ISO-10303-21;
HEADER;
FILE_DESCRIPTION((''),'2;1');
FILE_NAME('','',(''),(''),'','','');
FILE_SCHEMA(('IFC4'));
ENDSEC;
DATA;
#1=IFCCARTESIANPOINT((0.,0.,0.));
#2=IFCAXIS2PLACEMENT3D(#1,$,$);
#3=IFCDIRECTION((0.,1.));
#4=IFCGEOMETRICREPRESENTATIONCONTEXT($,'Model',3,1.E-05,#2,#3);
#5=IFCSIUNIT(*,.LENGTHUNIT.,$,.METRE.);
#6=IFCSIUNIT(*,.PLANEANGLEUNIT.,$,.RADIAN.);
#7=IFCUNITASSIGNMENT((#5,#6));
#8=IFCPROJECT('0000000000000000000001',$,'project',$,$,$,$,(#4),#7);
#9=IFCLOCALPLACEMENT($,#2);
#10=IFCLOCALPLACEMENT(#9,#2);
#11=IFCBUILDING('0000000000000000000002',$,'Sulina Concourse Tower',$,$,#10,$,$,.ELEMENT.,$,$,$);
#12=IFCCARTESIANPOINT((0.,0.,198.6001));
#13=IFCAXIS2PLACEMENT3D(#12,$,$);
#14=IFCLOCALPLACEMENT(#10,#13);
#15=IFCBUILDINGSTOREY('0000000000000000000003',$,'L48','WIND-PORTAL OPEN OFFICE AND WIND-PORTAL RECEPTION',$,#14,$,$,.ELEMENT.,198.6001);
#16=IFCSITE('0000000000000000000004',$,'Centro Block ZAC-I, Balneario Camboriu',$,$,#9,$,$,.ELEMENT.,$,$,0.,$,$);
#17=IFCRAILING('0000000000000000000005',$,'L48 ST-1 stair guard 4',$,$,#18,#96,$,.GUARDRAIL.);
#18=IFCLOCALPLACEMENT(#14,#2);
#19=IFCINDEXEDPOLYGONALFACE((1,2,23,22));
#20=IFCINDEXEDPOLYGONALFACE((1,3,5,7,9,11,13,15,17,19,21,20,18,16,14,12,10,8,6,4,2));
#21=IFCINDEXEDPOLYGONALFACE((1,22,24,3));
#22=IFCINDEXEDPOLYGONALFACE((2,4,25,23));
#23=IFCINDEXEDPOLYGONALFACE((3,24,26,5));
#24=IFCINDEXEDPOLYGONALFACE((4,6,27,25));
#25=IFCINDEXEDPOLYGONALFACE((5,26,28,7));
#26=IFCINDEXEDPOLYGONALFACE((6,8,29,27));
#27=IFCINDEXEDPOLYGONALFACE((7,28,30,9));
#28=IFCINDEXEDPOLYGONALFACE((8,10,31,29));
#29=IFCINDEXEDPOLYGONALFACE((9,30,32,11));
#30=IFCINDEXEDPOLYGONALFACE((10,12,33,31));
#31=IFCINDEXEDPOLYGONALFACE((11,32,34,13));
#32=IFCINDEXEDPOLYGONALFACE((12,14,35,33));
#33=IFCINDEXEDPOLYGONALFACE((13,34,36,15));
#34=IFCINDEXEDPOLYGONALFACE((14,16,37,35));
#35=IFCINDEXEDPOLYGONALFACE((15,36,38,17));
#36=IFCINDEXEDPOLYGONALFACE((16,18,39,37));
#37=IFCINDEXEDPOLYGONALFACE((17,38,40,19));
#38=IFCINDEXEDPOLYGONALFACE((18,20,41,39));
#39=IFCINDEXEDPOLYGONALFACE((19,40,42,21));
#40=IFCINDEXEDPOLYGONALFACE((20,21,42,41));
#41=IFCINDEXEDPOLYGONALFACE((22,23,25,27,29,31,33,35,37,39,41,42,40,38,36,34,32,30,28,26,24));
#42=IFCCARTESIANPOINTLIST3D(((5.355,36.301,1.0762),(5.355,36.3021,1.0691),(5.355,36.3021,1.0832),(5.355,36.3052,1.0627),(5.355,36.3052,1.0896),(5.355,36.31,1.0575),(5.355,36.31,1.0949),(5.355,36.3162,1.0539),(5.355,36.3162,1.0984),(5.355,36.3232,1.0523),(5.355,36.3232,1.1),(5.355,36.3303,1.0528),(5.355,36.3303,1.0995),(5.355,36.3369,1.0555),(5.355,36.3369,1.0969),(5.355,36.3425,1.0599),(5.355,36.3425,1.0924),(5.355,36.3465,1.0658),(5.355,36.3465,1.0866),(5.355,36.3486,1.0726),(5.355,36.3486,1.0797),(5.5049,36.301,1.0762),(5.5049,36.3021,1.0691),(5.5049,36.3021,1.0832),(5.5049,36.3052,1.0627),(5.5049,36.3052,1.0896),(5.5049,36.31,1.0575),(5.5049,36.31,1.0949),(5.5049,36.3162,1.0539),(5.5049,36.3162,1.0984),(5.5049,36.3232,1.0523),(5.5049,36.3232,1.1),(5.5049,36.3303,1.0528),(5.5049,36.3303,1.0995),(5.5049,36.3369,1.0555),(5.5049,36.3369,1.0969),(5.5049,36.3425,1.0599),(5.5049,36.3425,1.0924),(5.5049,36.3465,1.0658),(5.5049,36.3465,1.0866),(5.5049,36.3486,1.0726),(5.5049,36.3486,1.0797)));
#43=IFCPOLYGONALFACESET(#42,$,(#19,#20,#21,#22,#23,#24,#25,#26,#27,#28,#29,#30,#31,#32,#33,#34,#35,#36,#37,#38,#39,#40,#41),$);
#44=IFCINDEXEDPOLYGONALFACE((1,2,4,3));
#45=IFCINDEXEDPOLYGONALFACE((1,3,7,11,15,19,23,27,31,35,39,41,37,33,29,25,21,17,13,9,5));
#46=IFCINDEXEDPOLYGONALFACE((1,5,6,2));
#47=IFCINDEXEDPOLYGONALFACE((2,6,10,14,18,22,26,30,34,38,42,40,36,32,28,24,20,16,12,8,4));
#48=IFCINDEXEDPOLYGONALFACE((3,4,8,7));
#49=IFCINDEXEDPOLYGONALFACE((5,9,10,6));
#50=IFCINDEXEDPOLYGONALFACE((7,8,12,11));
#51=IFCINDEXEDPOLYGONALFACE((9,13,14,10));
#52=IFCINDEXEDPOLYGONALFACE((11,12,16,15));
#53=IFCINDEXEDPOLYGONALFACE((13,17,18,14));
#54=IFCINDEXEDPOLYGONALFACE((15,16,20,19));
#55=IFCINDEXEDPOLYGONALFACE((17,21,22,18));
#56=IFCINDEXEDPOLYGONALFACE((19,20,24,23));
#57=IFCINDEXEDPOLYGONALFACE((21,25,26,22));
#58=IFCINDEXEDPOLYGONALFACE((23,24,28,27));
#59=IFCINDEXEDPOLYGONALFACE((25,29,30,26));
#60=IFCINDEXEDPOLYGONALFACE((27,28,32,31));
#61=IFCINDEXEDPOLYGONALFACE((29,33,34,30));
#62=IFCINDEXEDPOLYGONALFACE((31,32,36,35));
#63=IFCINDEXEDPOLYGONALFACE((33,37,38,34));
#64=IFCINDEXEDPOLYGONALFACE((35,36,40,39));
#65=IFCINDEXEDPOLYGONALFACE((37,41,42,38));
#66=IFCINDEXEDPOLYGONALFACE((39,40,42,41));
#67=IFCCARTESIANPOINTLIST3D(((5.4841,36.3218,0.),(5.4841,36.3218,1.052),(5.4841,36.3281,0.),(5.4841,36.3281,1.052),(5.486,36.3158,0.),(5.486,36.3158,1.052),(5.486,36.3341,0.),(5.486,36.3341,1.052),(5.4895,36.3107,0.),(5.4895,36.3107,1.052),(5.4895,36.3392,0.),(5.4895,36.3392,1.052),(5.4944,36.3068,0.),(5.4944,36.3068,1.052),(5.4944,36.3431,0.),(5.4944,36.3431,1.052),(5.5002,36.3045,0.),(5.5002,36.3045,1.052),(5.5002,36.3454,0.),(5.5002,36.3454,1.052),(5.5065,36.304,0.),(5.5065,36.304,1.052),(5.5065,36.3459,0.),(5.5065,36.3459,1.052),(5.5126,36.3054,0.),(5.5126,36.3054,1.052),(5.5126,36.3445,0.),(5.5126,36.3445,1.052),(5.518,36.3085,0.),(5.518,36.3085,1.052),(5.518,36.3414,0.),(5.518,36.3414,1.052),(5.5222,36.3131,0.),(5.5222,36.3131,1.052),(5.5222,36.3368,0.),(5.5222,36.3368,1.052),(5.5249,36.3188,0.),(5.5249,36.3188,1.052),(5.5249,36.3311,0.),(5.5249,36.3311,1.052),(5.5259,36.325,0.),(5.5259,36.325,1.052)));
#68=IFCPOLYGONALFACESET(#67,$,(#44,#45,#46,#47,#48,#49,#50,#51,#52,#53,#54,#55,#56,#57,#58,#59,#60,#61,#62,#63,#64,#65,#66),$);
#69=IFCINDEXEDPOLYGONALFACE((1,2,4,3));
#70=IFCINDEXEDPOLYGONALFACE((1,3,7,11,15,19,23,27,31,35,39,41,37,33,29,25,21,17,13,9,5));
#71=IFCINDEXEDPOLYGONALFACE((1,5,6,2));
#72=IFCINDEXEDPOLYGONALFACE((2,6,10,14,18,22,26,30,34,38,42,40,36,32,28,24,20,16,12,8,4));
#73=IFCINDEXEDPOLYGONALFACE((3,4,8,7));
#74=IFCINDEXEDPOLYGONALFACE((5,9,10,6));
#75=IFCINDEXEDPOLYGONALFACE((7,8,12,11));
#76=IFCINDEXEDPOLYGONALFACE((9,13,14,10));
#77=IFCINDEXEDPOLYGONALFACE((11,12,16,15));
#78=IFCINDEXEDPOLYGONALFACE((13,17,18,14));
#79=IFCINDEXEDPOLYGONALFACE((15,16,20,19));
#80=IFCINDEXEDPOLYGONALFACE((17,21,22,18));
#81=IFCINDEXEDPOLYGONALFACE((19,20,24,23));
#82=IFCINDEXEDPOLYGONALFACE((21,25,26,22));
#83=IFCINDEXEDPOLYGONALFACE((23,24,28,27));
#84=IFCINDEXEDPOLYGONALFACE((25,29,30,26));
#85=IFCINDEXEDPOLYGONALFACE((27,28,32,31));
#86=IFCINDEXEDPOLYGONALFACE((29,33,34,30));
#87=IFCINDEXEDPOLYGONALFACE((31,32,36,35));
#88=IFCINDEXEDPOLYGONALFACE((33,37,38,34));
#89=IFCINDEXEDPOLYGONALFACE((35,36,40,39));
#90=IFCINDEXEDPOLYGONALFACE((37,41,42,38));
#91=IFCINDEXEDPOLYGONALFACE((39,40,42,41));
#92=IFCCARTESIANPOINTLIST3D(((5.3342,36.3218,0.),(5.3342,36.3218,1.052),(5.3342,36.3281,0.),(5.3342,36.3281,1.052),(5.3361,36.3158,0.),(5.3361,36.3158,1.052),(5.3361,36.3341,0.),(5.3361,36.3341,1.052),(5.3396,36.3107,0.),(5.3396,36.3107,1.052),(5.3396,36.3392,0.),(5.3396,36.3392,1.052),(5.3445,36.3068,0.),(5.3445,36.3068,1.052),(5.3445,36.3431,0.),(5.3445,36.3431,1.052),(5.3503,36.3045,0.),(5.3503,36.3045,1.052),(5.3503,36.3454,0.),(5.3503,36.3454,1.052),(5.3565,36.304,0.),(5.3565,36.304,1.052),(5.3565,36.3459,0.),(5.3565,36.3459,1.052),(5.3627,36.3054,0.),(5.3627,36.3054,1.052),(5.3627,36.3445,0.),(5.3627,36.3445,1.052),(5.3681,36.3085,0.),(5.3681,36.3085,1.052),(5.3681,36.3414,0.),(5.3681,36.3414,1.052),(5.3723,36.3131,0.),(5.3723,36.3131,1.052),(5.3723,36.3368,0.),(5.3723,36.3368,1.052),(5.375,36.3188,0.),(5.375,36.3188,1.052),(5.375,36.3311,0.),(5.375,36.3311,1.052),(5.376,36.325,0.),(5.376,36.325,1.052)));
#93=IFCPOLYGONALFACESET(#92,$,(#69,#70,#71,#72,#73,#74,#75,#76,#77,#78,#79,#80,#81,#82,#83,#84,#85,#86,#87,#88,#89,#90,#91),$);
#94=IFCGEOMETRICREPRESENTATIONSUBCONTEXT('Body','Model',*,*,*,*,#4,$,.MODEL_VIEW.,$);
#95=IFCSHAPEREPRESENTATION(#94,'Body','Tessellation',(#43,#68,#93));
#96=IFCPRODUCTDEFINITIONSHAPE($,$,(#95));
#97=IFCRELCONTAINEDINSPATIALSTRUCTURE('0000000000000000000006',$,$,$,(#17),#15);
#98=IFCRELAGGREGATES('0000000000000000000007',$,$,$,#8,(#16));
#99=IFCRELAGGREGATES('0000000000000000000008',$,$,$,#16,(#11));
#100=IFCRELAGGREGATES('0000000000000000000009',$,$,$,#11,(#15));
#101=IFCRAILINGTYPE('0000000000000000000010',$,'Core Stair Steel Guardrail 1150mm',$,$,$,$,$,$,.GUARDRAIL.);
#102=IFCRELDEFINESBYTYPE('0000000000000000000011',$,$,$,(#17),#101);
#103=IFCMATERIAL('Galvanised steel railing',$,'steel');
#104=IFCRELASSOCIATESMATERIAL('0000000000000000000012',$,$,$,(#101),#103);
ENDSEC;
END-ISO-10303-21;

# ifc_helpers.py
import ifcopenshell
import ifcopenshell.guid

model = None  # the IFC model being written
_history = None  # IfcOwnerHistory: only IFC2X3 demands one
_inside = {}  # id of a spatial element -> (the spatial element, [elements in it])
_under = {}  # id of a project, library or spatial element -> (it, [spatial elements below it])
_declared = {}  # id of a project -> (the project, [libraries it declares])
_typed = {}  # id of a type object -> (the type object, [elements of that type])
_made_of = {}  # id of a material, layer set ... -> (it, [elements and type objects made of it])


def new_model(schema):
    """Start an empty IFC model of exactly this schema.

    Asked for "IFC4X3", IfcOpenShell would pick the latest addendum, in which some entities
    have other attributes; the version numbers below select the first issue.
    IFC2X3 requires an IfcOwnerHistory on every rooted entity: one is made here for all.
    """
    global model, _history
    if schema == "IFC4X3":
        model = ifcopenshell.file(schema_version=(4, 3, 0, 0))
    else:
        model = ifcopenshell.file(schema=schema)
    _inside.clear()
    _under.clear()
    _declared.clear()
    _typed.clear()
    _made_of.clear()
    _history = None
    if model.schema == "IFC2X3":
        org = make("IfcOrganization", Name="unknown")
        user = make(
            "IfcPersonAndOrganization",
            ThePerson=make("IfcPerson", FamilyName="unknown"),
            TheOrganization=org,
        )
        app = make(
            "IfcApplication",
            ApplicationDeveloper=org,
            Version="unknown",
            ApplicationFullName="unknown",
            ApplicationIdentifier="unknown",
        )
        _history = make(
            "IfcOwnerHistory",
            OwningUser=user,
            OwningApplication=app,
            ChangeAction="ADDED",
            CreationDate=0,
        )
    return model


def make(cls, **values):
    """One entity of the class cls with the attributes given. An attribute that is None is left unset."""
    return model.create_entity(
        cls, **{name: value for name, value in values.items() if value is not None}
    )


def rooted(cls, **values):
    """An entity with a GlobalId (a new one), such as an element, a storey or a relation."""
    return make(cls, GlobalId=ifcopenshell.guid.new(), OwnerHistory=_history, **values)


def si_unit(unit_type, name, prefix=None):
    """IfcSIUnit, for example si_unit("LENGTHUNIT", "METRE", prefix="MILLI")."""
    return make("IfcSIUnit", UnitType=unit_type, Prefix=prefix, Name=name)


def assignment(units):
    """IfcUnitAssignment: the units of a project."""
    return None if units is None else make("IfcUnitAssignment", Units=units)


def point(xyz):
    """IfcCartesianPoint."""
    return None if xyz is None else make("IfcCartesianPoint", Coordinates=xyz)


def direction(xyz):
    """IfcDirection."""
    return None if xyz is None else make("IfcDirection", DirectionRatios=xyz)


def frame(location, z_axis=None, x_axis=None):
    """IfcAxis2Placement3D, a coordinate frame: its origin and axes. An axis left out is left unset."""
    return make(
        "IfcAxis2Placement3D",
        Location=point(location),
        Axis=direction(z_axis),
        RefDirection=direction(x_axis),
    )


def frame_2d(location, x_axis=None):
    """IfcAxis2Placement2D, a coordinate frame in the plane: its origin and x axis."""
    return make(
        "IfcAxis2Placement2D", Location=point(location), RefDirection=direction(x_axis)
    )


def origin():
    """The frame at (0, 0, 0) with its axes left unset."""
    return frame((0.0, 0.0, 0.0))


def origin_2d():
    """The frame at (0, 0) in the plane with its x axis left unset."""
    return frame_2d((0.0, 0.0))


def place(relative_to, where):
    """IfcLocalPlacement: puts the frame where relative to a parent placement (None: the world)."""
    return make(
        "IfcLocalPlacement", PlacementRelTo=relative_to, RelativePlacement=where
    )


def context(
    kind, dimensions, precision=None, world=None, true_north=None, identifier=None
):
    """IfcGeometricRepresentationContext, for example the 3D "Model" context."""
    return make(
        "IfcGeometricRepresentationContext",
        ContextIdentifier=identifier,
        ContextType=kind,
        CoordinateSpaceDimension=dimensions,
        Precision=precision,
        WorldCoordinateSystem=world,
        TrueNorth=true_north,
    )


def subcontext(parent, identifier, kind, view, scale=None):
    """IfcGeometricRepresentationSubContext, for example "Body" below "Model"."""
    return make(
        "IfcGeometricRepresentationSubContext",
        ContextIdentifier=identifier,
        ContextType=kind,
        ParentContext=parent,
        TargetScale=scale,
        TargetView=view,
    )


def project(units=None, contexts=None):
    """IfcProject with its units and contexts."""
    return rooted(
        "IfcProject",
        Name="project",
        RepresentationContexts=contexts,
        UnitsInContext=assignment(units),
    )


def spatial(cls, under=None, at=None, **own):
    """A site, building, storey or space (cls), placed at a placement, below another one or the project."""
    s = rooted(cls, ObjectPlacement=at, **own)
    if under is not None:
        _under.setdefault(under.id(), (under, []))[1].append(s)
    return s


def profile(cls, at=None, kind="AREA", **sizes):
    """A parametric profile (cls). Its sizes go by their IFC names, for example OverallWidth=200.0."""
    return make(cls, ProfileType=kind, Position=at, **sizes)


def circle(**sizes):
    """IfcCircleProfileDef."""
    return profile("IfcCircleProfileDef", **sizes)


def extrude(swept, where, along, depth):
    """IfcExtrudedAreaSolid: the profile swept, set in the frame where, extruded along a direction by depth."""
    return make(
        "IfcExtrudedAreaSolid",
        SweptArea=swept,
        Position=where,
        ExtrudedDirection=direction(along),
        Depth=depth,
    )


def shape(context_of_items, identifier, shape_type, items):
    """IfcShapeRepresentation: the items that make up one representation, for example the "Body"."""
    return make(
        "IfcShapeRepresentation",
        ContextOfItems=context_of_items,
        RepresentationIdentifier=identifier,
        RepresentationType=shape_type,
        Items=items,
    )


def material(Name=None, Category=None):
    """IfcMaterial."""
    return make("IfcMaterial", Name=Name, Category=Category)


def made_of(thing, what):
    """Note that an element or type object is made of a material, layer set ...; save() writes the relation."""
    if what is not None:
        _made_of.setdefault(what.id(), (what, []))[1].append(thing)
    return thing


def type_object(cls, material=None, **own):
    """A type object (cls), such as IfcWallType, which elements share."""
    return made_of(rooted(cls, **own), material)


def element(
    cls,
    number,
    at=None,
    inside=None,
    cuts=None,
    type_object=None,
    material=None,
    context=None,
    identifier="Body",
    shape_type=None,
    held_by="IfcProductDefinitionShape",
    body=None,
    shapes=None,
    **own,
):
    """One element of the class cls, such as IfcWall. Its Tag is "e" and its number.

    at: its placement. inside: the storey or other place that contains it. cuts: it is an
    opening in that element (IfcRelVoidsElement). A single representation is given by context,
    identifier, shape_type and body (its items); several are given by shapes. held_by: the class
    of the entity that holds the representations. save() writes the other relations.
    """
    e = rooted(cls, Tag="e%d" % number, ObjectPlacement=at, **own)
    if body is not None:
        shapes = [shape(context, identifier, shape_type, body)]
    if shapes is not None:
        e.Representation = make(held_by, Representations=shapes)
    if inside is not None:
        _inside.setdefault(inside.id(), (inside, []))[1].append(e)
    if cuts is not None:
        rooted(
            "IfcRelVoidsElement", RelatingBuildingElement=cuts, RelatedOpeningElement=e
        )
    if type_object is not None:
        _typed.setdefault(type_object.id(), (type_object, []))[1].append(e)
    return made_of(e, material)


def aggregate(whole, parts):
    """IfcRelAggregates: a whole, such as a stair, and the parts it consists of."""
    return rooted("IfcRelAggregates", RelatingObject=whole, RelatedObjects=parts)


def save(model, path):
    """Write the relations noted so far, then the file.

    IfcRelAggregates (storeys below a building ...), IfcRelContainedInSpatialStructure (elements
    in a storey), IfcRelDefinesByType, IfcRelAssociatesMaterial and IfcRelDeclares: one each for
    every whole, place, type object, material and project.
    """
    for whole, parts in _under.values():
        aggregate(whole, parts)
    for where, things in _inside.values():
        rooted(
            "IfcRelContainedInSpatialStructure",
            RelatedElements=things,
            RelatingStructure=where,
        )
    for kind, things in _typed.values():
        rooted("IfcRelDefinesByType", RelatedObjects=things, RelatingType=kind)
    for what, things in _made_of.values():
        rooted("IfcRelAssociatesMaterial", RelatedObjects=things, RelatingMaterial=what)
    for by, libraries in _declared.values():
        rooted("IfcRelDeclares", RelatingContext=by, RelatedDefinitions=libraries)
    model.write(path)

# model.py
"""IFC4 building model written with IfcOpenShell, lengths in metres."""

from ifc_helpers import new_model, si_unit, direction, frame, origin, origin_2d, place, context, subcontext, project, spatial, circle, extrude, material, type_object, element, save


model = new_model("IFC4")

# Units and contexts
model_context = context("Model", 3, precision=1e-05, world=origin(), true_north=direction((0.0, 1.0)))
body_context = subcontext(model_context, "Body", "Model", "MODEL_VIEW")
ifc_project = project(units=[si_unit("LENGTHUNIT", "METRE"), si_unit("PLANEANGLEUNIT", "RADIAN")], contexts=[model_context])

# Site, building, storey
site_placement = place(None, origin())
site = spatial("IfcSite", under=ifc_project, at=site_placement, Name="Centro Block ZAC-I, Balneario Camboriu", CompositionType="ELEMENT", RefElevation=0.0)
building_placement = place(site_placement, origin())
building = spatial("IfcBuilding", under=site, at=building_placement, Name="Sulina Concourse Tower", CompositionType="ELEMENT")
storey_placement = place(building_placement, frame((0.0, 0.0, 198.6001)))
storey = spatial("IfcBuildingStorey", under=building, at=storey_placement, Name="L48", Description="WIND-PORTAL OPEN OFFICE AND WIND-PORTAL RECEPTION", CompositionType="ELEMENT", Elevation=198.6001)

# Railing
ifc_material_1 = material(Name="Galvanised steel railing", Category="steel")
railing_type_1 = type_object("IfcRailingType", Name="Core Stair Steel Guardrail 1150mm", PredefinedType="GUARDRAIL", material=ifc_material_1)
railing_1_placement = place(storey_placement, frame((5.5049, 36.325, 0.0)))
element("IfcRailing", 1, at=railing_1_placement, inside=storey, type_object=railing_type_1, Name="L48 ST-1 stair guard 4", PredefinedType="GUARDRAIL", context=body_context, shape_type="SweptSolid", body=[
    extrude(circle(Radius=0.0239, at=origin_2d()), frame((0.0, 0.0, 1.0762), z_axis=(-1.0, 0.0, 0.0), x_axis=(0.0, -1.0, 0.0)), (0.0, 0.0, 1.0), 0.1499),
    extrude(circle(Radius=0.021, at=origin_2d()), origin(), (0.0, 0.0, 1.0), 1.052),
    extrude(circle(Radius=0.021, at=origin_2d()), frame((-0.1499, 0.0, 0.0)), (0.0, 0.0, 1.0), 1.052),
])

save(model, "model.ifc")
